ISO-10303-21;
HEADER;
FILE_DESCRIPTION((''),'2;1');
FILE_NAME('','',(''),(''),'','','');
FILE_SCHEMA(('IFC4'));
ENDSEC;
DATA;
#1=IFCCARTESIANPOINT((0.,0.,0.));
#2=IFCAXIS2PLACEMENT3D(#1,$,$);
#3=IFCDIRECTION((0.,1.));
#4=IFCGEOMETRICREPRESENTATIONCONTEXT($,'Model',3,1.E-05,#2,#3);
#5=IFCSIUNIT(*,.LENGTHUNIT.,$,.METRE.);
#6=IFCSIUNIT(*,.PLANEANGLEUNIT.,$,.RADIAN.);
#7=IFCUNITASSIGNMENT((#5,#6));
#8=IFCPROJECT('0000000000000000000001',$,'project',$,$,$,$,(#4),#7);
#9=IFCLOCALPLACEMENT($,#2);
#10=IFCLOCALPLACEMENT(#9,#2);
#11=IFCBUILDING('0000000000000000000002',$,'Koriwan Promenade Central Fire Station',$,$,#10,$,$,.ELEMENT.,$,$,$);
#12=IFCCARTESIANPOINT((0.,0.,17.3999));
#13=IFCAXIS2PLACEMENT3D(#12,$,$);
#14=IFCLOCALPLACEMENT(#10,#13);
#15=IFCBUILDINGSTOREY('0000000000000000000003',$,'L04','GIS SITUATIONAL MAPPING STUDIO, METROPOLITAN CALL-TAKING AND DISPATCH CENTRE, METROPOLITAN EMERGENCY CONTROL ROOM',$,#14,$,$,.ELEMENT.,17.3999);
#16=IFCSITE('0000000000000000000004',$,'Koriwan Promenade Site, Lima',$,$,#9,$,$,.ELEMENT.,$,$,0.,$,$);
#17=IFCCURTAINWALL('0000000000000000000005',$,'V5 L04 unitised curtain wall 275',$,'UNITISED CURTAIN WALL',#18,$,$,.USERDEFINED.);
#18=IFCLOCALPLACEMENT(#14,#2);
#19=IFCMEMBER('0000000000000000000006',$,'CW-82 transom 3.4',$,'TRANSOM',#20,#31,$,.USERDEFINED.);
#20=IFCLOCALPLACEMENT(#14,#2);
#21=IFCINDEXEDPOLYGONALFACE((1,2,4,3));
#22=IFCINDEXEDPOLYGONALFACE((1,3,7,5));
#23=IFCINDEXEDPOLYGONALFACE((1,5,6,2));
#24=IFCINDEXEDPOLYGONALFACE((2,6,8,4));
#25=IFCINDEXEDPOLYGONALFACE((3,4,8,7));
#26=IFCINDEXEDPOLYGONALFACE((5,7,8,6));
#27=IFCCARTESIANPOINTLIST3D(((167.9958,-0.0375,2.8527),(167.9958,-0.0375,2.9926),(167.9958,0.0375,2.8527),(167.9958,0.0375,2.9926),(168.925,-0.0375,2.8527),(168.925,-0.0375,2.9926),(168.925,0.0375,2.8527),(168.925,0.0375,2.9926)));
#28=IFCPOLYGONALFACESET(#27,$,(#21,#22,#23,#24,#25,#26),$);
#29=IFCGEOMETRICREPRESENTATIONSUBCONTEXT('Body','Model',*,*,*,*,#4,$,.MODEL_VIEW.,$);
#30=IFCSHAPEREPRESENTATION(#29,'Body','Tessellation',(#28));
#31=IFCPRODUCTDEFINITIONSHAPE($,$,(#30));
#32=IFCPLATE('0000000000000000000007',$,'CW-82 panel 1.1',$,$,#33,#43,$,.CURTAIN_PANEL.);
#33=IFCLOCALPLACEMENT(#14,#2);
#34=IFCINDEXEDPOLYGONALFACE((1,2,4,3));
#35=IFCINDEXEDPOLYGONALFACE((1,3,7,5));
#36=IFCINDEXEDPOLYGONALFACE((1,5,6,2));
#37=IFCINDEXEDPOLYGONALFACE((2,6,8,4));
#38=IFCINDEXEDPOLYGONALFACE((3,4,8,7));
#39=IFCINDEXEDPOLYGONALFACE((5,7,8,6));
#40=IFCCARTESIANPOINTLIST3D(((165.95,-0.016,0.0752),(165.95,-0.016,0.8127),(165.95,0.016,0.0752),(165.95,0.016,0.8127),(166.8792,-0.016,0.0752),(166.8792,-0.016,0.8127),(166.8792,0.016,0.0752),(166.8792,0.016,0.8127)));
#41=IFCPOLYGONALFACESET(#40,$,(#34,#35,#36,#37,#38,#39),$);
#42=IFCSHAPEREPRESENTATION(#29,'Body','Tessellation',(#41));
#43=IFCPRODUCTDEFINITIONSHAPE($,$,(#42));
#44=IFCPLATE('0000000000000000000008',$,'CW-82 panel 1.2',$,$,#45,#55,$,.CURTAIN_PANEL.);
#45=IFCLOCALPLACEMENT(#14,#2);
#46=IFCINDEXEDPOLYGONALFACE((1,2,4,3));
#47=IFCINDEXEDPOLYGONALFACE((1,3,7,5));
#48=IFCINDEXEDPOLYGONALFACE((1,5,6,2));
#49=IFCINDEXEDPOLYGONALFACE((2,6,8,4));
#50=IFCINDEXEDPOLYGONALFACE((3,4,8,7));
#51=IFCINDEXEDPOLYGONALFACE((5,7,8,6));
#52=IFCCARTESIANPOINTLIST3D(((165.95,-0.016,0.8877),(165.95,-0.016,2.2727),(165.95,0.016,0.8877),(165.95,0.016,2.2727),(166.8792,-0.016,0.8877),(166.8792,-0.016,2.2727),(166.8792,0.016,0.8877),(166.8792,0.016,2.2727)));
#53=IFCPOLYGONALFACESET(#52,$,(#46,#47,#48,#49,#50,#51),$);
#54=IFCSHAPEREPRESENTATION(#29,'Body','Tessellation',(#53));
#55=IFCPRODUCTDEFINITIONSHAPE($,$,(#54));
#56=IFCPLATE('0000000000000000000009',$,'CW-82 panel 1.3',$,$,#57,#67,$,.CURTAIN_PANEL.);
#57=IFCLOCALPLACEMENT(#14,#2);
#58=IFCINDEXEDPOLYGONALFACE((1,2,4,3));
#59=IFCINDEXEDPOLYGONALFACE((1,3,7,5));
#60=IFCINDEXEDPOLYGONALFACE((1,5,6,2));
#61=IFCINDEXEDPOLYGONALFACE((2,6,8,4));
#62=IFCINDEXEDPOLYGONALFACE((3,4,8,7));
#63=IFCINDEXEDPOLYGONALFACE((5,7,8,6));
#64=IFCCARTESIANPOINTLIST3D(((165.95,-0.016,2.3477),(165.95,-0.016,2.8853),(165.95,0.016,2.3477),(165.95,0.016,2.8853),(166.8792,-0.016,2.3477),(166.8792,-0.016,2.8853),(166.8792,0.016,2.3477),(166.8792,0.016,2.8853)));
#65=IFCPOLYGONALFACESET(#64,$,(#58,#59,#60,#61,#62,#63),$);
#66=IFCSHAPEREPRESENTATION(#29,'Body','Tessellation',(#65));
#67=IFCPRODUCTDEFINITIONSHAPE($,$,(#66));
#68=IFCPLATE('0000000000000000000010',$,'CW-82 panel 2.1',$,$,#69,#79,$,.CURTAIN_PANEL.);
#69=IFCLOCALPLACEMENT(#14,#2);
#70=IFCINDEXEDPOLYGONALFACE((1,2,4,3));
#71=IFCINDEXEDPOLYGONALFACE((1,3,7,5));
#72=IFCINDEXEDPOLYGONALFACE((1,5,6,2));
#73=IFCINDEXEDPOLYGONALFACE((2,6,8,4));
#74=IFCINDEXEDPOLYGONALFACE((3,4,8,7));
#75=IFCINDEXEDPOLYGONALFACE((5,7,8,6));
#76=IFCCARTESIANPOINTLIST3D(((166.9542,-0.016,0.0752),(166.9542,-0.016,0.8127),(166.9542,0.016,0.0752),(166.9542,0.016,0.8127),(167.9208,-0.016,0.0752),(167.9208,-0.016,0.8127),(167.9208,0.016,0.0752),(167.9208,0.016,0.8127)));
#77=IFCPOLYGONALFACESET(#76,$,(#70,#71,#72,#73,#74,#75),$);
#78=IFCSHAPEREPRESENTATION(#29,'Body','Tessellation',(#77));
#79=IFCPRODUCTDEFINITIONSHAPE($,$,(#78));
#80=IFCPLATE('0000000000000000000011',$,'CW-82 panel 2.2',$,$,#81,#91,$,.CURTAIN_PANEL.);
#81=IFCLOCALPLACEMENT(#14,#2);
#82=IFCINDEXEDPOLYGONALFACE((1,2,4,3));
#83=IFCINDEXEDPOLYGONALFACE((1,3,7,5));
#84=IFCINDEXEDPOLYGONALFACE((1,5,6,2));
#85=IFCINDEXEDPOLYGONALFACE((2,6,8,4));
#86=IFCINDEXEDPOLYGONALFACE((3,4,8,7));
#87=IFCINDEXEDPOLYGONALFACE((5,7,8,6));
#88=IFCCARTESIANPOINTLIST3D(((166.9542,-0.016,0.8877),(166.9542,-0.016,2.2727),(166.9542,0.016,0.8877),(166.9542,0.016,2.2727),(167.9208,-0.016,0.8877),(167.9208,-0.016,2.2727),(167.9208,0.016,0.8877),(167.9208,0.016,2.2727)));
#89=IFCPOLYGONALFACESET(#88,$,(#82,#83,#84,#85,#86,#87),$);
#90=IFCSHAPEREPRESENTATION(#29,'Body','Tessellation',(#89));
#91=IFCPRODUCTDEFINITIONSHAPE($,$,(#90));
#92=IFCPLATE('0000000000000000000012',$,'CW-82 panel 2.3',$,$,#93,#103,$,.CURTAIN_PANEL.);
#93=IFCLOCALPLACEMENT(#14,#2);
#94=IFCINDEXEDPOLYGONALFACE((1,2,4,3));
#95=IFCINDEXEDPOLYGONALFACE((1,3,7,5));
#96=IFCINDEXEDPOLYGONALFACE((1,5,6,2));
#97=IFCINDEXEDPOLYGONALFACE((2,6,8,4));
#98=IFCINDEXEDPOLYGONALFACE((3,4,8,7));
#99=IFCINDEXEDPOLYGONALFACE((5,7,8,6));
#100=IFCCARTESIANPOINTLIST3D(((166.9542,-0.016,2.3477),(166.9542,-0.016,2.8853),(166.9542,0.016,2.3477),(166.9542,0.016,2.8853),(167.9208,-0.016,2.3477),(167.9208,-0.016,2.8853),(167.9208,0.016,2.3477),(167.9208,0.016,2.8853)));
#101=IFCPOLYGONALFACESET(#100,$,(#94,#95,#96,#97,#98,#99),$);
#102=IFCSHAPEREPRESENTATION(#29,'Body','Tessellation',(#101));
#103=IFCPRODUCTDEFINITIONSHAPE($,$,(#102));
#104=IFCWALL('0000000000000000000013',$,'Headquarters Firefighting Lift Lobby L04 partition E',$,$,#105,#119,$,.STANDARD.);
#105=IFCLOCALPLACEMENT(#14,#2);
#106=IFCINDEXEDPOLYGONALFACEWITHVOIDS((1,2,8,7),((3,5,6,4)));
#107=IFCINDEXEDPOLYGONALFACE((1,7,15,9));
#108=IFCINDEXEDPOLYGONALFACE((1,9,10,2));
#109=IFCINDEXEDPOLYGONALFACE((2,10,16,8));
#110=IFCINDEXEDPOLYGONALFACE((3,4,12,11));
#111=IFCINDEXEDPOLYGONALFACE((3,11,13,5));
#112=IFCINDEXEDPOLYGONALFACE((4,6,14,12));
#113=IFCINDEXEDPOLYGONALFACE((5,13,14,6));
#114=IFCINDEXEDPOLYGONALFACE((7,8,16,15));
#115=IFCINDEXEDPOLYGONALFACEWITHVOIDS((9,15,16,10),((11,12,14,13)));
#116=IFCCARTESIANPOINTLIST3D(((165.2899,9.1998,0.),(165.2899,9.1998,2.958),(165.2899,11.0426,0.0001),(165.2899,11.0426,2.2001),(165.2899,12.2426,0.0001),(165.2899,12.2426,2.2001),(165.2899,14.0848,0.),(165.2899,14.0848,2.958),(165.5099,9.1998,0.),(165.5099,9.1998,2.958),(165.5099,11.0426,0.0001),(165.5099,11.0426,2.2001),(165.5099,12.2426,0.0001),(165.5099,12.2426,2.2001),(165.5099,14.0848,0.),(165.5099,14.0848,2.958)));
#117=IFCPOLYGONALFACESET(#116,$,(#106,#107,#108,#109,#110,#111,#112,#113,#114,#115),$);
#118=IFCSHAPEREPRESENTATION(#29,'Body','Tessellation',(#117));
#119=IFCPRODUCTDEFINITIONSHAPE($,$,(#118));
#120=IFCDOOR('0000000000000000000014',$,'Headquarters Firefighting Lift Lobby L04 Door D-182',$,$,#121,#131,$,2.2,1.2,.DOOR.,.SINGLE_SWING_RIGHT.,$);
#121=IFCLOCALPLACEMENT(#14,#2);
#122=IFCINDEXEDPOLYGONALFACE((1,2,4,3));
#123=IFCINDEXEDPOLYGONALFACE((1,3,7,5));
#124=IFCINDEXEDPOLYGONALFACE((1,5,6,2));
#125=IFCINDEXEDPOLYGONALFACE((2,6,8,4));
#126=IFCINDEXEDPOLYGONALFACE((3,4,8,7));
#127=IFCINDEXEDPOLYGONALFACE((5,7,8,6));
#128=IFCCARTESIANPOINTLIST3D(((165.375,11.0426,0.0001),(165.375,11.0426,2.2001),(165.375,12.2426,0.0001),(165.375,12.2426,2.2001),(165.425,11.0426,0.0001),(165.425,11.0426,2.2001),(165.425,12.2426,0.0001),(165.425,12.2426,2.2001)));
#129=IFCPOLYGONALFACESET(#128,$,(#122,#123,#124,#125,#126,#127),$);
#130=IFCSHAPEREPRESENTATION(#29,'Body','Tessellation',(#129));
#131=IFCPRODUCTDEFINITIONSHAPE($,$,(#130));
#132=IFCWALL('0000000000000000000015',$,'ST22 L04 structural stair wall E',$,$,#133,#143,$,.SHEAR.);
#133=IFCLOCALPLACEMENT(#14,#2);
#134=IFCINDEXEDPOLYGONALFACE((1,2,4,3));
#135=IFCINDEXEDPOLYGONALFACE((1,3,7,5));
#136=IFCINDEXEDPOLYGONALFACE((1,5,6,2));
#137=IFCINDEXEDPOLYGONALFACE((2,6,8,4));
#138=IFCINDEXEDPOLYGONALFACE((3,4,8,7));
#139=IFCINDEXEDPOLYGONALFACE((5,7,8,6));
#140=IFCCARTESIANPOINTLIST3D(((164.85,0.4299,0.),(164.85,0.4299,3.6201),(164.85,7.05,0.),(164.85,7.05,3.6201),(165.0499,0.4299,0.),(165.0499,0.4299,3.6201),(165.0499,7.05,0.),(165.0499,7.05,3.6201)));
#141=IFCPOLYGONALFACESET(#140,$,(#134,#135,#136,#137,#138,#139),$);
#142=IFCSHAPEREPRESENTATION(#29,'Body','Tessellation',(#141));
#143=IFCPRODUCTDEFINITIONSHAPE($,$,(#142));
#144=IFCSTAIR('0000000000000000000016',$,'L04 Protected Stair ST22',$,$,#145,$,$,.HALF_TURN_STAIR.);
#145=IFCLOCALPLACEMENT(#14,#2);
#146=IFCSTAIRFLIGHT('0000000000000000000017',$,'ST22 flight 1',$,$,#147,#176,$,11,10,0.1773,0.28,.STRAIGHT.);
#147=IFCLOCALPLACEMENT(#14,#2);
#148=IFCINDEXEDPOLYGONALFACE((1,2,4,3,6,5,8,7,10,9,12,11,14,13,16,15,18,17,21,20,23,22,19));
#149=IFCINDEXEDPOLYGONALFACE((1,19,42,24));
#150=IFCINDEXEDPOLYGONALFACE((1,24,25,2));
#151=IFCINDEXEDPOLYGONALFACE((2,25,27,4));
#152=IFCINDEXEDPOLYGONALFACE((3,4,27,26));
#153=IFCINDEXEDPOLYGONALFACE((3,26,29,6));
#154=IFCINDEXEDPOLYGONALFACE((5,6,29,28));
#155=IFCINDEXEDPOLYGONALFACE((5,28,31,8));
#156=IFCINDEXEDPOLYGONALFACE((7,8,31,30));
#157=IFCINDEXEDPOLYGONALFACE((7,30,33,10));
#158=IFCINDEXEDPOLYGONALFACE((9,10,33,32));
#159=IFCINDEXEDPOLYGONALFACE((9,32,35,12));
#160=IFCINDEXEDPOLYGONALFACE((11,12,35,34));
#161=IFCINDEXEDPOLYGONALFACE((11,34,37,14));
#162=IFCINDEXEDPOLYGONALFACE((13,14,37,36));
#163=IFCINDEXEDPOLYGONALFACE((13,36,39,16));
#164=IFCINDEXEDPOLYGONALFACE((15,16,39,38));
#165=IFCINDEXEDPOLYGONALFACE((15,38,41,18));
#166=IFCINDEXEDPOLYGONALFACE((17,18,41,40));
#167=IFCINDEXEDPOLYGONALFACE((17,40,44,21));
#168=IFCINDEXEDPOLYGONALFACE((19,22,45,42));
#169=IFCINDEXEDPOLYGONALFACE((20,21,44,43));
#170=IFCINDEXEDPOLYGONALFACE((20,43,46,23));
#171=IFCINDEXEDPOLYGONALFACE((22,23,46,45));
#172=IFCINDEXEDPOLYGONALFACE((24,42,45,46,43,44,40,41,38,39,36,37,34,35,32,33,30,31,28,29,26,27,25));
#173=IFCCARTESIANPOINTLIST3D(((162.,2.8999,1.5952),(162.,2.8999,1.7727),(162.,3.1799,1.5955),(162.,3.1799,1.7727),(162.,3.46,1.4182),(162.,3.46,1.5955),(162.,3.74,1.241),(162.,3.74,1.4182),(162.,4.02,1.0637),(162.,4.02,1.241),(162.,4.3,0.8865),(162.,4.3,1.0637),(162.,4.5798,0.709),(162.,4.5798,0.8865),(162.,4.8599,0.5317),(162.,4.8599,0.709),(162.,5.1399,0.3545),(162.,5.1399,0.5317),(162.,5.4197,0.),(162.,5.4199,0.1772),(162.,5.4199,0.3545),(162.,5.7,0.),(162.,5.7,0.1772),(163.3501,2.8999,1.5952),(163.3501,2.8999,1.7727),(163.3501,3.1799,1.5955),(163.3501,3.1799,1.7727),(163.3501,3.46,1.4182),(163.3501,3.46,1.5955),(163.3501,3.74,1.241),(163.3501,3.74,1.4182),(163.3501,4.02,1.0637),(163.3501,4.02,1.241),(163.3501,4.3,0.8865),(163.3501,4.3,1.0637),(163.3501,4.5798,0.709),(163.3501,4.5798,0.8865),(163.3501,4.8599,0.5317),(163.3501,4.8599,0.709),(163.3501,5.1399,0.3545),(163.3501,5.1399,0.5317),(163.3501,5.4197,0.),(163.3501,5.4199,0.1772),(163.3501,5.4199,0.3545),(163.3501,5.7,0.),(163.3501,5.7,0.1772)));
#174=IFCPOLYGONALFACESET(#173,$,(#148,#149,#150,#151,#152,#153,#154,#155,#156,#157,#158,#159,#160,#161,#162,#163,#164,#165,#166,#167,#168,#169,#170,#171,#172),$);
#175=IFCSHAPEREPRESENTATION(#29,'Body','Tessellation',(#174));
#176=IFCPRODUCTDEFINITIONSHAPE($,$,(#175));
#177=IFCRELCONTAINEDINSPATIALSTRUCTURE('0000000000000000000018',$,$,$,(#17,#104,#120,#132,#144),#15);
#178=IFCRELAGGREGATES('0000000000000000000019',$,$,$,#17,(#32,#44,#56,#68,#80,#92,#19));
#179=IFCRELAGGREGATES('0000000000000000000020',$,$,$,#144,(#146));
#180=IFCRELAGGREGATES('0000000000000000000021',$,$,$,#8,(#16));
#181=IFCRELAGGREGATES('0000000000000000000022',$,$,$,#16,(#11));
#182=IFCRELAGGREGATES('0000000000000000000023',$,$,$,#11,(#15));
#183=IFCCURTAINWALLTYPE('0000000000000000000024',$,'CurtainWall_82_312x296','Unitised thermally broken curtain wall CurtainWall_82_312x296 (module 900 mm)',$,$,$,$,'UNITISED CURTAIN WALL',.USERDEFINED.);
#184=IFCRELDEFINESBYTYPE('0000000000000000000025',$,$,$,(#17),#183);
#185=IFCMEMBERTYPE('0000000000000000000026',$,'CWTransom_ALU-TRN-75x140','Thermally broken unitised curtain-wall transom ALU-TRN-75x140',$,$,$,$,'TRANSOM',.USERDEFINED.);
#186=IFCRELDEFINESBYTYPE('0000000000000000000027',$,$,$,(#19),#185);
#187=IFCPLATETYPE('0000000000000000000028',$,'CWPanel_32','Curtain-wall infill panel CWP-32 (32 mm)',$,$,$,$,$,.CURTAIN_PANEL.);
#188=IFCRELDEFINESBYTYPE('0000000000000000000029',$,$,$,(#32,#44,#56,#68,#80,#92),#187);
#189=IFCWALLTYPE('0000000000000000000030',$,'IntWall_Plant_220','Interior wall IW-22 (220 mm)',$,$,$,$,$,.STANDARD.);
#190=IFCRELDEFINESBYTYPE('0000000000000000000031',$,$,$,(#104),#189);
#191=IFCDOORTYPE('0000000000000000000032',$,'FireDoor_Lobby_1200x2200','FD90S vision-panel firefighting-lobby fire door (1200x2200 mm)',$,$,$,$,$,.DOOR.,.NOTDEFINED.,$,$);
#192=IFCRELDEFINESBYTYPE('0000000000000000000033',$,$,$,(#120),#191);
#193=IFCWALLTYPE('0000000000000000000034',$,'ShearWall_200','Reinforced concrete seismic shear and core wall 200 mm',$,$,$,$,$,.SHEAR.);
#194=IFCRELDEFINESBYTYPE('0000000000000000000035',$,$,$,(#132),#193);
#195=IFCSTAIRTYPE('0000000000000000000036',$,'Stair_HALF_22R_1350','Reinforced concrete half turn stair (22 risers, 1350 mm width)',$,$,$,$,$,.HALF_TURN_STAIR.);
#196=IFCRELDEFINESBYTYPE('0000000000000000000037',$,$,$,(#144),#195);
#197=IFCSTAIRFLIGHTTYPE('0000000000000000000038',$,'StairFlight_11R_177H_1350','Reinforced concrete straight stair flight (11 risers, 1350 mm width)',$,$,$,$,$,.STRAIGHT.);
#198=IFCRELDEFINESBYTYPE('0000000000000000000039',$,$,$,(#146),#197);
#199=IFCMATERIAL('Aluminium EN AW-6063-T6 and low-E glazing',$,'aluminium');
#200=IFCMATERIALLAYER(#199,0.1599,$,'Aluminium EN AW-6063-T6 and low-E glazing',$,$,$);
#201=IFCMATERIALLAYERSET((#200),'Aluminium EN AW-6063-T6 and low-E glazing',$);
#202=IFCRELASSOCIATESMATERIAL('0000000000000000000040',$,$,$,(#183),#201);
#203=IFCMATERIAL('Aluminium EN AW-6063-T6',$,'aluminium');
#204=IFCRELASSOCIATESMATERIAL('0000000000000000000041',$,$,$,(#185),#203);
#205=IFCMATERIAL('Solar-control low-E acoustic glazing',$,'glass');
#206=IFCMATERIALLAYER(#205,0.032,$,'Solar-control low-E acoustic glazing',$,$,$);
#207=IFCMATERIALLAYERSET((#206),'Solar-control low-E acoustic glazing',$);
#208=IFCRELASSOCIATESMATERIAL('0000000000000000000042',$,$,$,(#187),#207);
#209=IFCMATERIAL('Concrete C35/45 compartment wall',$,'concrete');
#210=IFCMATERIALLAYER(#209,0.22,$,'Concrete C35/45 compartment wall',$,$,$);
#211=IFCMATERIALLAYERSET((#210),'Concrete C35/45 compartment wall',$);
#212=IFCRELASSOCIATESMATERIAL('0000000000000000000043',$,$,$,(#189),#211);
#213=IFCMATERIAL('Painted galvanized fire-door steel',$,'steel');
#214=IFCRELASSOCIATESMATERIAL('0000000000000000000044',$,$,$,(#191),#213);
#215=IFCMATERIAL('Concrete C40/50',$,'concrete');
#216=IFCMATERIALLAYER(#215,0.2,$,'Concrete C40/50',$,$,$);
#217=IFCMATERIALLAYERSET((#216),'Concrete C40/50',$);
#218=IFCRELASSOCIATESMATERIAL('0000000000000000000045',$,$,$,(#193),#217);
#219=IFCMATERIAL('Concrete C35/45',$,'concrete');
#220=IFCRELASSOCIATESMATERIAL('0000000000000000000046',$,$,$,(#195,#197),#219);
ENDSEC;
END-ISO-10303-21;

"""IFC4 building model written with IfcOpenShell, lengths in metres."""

from ifc_helpers import new_model, si_unit, direction, frame, frame_2d, origin, origin_2d, place, context, subcontext, project, spatial, polyline, rectangle, outline, extrude, material, layer, layer_set, material_profile, profile_set, type_object, element, fill, aggregate, save


model = new_model("IFC4")

# Units and contexts
model_context = context("Model", 3, precision=1e-05, world=origin(), true_north=direction((0.0, 1.0)))
body_context = subcontext(model_context, "Body", "Model", "MODEL_VIEW")
ifc_project = project(units=[si_unit("LENGTHUNIT", "METRE"), si_unit("PLANEANGLEUNIT", "RADIAN")], contexts=[model_context])

# Site, building, storey
site_placement = place(None, origin())
site = spatial("IfcSite", under=ifc_project, at=site_placement, Name="Koriwan Promenade Site, Lima", CompositionType="ELEMENT", RefElevation=0.0)
building_placement = place(site_placement, origin())
building = spatial("IfcBuilding", under=site, at=building_placement, Name="Koriwan Promenade Central Fire Station", CompositionType="ELEMENT")
storey_placement = place(building_placement, frame((0.0, 0.0, 17.3999)))
storey = spatial("IfcBuildingStorey", under=building, at=storey_placement, Name="L04", Description="GIS SITUATIONAL MAPPING STUDIO, METROPOLITAN CALL-TAKING AND DISPATCH CENTRE, METROPOLITAN EMERGENCY CONTROL ROOM", CompositionType="ELEMENT", Elevation=17.3999)

# Shared definitions
ifc_material_1 = material(Name="Concrete C40/50", Category="concrete")

# Shared definitions
ifc_material_2 = material(Name="Concrete C35/45", Category="concrete")

# Curtain wall, member, plates
ifc_material_3 = material(Name="Aluminium EN AW-6063-T6 and low-E glazing", Category="aluminium")
ifc_layer_1 = layer(ifc_material_3, 0.1599, Name="Aluminium EN AW-6063-T6 and low-E glazing")
ifc_layer_set_1 = layer_set([ifc_layer_1], Name="Aluminium EN AW-6063-T6 and low-E glazing")
curtain_wall_type = type_object("IfcCurtainWallType", Name="CurtainWall_82_312x296", Description="Unitised thermally broken curtain wall CurtainWall_82_312x296 (module 900 mm)", ElementType="UNITISED CURTAIN WALL", PredefinedType="USERDEFINED", material=ifc_layer_set_1)
curtain_wall_placement = place(storey_placement, origin())
curtain_wall = element("IfcCurtainWall", 1, at=curtain_wall_placement, inside=storey, type_object=curtain_wall_type, Name="V5 L04 unitised curtain wall 275", ObjectType="UNITISED CURTAIN WALL", PredefinedType="USERDEFINED")
ifc_material_4 = material(Name="Aluminium EN AW-6063-T6", Category="aluminium")
ifc_material_profile_1 = material_profile(ifc_material_4, rectangle(XDim=0.075, YDim=0.1399, at=origin_2d()), Name="ALU-TRN-75x140")
ifc_profile_set_1 = profile_set([ifc_material_profile_1], Name="Aluminium EN AW-6063-T6")
member_type_1 = type_object("IfcMemberType", Name="CWTransom_ALU-TRN-75x140", Description="Thermally broken unitised curtain-wall transom ALU-TRN-75x140", ElementType="TRANSOM", PredefinedType="USERDEFINED", material=ifc_profile_set_1)
member_1_placement = place(storey_placement, frame((167.9958, 0.0, 2.9226), z_axis=(1.0, 0.0, 0.0), x_axis=(0.0, 1.0, 0.0)))
member_1 = element("IfcMember", 2, at=member_1_placement, type_object=member_type_1, Name="CW-82 transom 3.4", ObjectType="TRANSOM", PredefinedType="USERDEFINED", context=body_context, shape_type="SweptSolid", body=[
    extrude(rectangle(XDim=0.075, YDim=0.1399, at=origin_2d()), origin(), (0.0, 0.0, 1.0), 0.9292),
])
ifc_material_5 = material(Name="Solar-control low-E acoustic glazing", Category="glass")
ifc_layer_2 = layer(ifc_material_5, 0.032, Name="Solar-control low-E acoustic glazing")
ifc_layer_set_2 = layer_set([ifc_layer_2], Name="Solar-control low-E acoustic glazing")
plate_type = type_object("IfcPlateType", Name="CWPanel_32", Description="Curtain-wall infill panel CWP-32 (32 mm)", PredefinedType="CURTAIN_PANEL", material=ifc_layer_set_2)
plate_1_placement = place(storey_placement, frame((166.4146, 0.0, 0.0752), z_axis=(0.0, 0.0, 1.0), x_axis=(1.0, 0.0, 0.0)))
plate_1 = element("IfcPlate", 3, at=plate_1_placement, type_object=plate_type, Name="CW-82 panel 1.1", PredefinedType="CURTAIN_PANEL", context=body_context, shape_type="SweptSolid", body=[
    extrude(rectangle(XDim=0.9292, YDim=0.032, at=origin_2d()), origin(), (0.0, 0.0, 1.0), 0.7375),
])
plate_2_placement = place(storey_placement, frame((166.4146, 0.0, 0.8877), z_axis=(0.0, 0.0, 1.0), x_axis=(1.0, 0.0, 0.0)))
plate_2 = element("IfcPlate", 4, at=plate_2_placement, type_object=plate_type, Name="CW-82 panel 1.2", PredefinedType="CURTAIN_PANEL", context=body_context, shape_type="SweptSolid", body=[
    extrude(rectangle(XDim=0.9292, YDim=0.032, at=origin_2d()), origin(), (0.0, 0.0, 1.0), 1.385),
])
plate_3_placement = place(storey_placement, frame((166.4146, 0.0, 2.3477), z_axis=(0.0, 0.0, 1.0), x_axis=(1.0, 0.0, 0.0)))
plate_3 = element("IfcPlate", 5, at=plate_3_placement, type_object=plate_type, Name="CW-82 panel 1.3", PredefinedType="CURTAIN_PANEL", context=body_context, shape_type="SweptSolid", body=[
    extrude(rectangle(XDim=0.9292, YDim=0.032, at=origin_2d()), origin(), (0.0, 0.0, 1.0), 0.5376),
])
plate_4_placement = place(storey_placement, frame((167.4375, 0.0, 0.0752), z_axis=(0.0, 0.0, 1.0), x_axis=(1.0, 0.0, 0.0)))
plate_4 = element("IfcPlate", 6, at=plate_4_placement, type_object=plate_type, Name="CW-82 panel 2.1", PredefinedType="CURTAIN_PANEL", context=body_context, shape_type="SweptSolid", body=[
    extrude(rectangle(XDim=0.9666, YDim=0.032, at=origin_2d()), origin(), (0.0, 0.0, 1.0), 0.7375),
])
plate_5_placement = place(storey_placement, frame((167.4375, 0.0, 0.8877), z_axis=(0.0, 0.0, 1.0), x_axis=(1.0, 0.0, 0.0)))
plate_5 = element("IfcPlate", 7, at=plate_5_placement, type_object=plate_type, Name="CW-82 panel 2.2", PredefinedType="CURTAIN_PANEL", context=body_context, shape_type="SweptSolid", body=[
    extrude(rectangle(XDim=0.9666, YDim=0.032, at=origin_2d()), origin(), (0.0, 0.0, 1.0), 1.385),
])
plate_6_placement = place(storey_placement, frame((167.4375, 0.0, 2.3477), z_axis=(0.0, 0.0, 1.0), x_axis=(1.0, 0.0, 0.0)))
plate_6 = element("IfcPlate", 8, at=plate_6_placement, type_object=plate_type, Name="CW-82 panel 2.3", PredefinedType="CURTAIN_PANEL", context=body_context, shape_type="SweptSolid", body=[
    extrude(rectangle(XDim=0.9666, YDim=0.032, at=origin_2d()), origin(), (0.0, 0.0, 1.0), 0.5376),
])
aggregate(curtain_wall, [plate_1, plate_2, plate_3, plate_4, plate_5, plate_6, member_1])

# Wall, opening, door
ifc_material_6 = material(Name="Concrete C35/45 compartment wall", Category="concrete")
ifc_layer_3 = layer(ifc_material_6, 0.22, Name="Concrete C35/45 compartment wall")
ifc_layer_set_3 = layer_set([ifc_layer_3], Name="Concrete C35/45 compartment wall")
wall_type_1 = type_object("IfcWallType", Name="IntWall_Plant_220", Description="Interior wall IW-22 (220 mm)", PredefinedType="STANDARD", material=ifc_layer_set_3)
wall_1_placement = place(storey_placement, frame((165.3999, 9.2, 0.0), z_axis=(0.0, 0.0, 1.0), x_axis=(0.0, 1.0, 0.0)))
wall_1 = element("IfcWall", 9, at=wall_1_placement, inside=storey, type_object=wall_type_1, Name="Headquarters Firefighting Lift Lobby L04 partition E", PredefinedType="STANDARD", context=body_context, shape_type="SweptSolid", body=[
    extrude(rectangle(XDim=4.885, YDim=0.22, at=frame_2d((2.4424, 0.0))), origin(), (0.0, 0.0, 1.0), 2.958),
])
opening_placement = place(wall_1_placement, frame((1.8425, 0.0, 0.0)))
opening = element("IfcOpeningElement", 10, at=opening_placement, cuts=wall_1, PredefinedType="OPENING", context=body_context, shape_type="SweptSolid", body=[
    extrude(rectangle(XDim=1.2, YDim=2.2, at=frame_2d((0.6001, 1.1001))), frame((0.0, 0.1221, 0.0), z_axis=(0.0, -1.0, 0.0), x_axis=(1.0, 0.0, 0.0)), (0.0, 0.0, 1.0), 0.2439),
])
ifc_material_7 = material(Name="Painted galvanized fire-door steel", Category="steel")
door_type = type_object("IfcDoorType", Name="FireDoor_Lobby_1200x2200", Description="FD90S vision-panel firefighting-lobby fire door (1200x2200 mm)", OperationType="NOTDEFINED", PredefinedType="DOOR", material=ifc_material_7)
door_placement = place(opening_placement, origin())
door = element("IfcDoor", 11, at=door_placement, inside=storey, type_object=door_type, Name="Headquarters Firefighting Lift Lobby L04 Door D-182", OperationType="SINGLE_SWING_RIGHT", OverallHeight=2.2, OverallWidth=1.2, PredefinedType="DOOR", context=body_context, shape_type="SweptSolid", body=[
    extrude(rectangle(XDim=1.2, YDim=2.2, at=frame_2d((0.6001, 1.1001))), frame((0.0, 0.0249, 0.0), z_axis=(0.0, -1.0, 0.0), x_axis=(1.0, 0.0, 0.0)), (0.0, 0.0, 1.0), 0.05),
])
fill(opening, door)

# Wall
ifc_layer_4 = layer(ifc_material_1, 0.2, Name="Concrete C40/50")
ifc_layer_set_4 = layer_set([ifc_layer_4], Name="Concrete C40/50")
wall_type_2 = type_object("IfcWallType", Name="ShearWall_200", Description="Reinforced concrete seismic shear and core wall 200 mm", PredefinedType="SHEAR", material=ifc_layer_set_4)
wall_2_placement = place(storey_placement, frame((164.95, 0.4299, 0.0), z_axis=(0.0, 0.0, 1.0), x_axis=(0.0, 1.0, 0.0)))
element("IfcWall", 12, at=wall_2_placement, inside=storey, type_object=wall_type_2, Name="ST22 L04 structural stair wall E", PredefinedType="SHEAR", context=body_context, shape_type="SweptSolid", body=[
    extrude(rectangle(XDim=6.6201, YDim=0.2, at=frame_2d((3.3101, 0.0))), origin(), (0.0, 0.0, 1.0), 3.6201),
])

# Stair, stair flight
stair_type = type_object("IfcStairType", Name="Stair_HALF_22R_1350", Description="Reinforced concrete half turn stair (22 risers, 1350 mm width)", PredefinedType="HALF_TURN_STAIR", material=ifc_material_2)
stair_placement = place(storey_placement, origin())
stair = element("IfcStair", 13, at=stair_placement, inside=storey, type_object=stair_type, Name="L04 Protected Stair ST22", PredefinedType="HALF_TURN_STAIR")
stair_flight_type = type_object("IfcStairFlightType", Name="StairFlight_11R_177H_1350", Description="Reinforced concrete straight stair flight (11 risers, 1350 mm width)", PredefinedType="STRAIGHT", material=ifc_material_2)
stair_flight_1_placement = place(storey_placement, frame((162.675, 5.7, 0.0), z_axis=(0.0, 0.0, 1.0), x_axis=(0.0, -1.0, 0.0)))
stair_flight_1 = element("IfcStairFlight", 14, at=stair_flight_1_placement, type_object=stair_flight_type, Name="ST22 flight 1", NumberOfRisers=11, NumberOfTreads=10, PredefinedType="STRAIGHT", RiserHeight=0.1773, TreadLength=0.28, context=body_context, shape_type="SweptSolid", body=[
    extrude(outline(polyline([(0.0, 0.0), (0.0, 0.1772), (0.28, 0.1772), (0.28, 0.3545), (0.5601, 0.3545), (0.5601, 0.5317), (0.8401, 0.5317), (0.8401, 0.709), (1.1201, 0.709), (1.1201, 0.8865), (1.3999, 0.8865), (1.3999, 1.0637), (1.6799, 1.0637), (1.6799, 1.241), (1.96, 1.241), (1.96, 1.4182), (2.24, 1.4182), (2.24, 1.5955), (2.52, 1.5955), (2.52, 1.7727), (2.8, 1.7727), (2.8, 1.95), (2.8, 1.5952), (0.2803, 0.0), (0.0, 0.0)])), frame((0.0, 0.675, 0.0), z_axis=(0.0, -1.0, 0.0), x_axis=(1.0, 0.0, 0.0)), (0.0, 0.0, 1.0), 1.3501),
])
aggregate(stair, [stair_flight_1])

save(model, "model.ifc")
